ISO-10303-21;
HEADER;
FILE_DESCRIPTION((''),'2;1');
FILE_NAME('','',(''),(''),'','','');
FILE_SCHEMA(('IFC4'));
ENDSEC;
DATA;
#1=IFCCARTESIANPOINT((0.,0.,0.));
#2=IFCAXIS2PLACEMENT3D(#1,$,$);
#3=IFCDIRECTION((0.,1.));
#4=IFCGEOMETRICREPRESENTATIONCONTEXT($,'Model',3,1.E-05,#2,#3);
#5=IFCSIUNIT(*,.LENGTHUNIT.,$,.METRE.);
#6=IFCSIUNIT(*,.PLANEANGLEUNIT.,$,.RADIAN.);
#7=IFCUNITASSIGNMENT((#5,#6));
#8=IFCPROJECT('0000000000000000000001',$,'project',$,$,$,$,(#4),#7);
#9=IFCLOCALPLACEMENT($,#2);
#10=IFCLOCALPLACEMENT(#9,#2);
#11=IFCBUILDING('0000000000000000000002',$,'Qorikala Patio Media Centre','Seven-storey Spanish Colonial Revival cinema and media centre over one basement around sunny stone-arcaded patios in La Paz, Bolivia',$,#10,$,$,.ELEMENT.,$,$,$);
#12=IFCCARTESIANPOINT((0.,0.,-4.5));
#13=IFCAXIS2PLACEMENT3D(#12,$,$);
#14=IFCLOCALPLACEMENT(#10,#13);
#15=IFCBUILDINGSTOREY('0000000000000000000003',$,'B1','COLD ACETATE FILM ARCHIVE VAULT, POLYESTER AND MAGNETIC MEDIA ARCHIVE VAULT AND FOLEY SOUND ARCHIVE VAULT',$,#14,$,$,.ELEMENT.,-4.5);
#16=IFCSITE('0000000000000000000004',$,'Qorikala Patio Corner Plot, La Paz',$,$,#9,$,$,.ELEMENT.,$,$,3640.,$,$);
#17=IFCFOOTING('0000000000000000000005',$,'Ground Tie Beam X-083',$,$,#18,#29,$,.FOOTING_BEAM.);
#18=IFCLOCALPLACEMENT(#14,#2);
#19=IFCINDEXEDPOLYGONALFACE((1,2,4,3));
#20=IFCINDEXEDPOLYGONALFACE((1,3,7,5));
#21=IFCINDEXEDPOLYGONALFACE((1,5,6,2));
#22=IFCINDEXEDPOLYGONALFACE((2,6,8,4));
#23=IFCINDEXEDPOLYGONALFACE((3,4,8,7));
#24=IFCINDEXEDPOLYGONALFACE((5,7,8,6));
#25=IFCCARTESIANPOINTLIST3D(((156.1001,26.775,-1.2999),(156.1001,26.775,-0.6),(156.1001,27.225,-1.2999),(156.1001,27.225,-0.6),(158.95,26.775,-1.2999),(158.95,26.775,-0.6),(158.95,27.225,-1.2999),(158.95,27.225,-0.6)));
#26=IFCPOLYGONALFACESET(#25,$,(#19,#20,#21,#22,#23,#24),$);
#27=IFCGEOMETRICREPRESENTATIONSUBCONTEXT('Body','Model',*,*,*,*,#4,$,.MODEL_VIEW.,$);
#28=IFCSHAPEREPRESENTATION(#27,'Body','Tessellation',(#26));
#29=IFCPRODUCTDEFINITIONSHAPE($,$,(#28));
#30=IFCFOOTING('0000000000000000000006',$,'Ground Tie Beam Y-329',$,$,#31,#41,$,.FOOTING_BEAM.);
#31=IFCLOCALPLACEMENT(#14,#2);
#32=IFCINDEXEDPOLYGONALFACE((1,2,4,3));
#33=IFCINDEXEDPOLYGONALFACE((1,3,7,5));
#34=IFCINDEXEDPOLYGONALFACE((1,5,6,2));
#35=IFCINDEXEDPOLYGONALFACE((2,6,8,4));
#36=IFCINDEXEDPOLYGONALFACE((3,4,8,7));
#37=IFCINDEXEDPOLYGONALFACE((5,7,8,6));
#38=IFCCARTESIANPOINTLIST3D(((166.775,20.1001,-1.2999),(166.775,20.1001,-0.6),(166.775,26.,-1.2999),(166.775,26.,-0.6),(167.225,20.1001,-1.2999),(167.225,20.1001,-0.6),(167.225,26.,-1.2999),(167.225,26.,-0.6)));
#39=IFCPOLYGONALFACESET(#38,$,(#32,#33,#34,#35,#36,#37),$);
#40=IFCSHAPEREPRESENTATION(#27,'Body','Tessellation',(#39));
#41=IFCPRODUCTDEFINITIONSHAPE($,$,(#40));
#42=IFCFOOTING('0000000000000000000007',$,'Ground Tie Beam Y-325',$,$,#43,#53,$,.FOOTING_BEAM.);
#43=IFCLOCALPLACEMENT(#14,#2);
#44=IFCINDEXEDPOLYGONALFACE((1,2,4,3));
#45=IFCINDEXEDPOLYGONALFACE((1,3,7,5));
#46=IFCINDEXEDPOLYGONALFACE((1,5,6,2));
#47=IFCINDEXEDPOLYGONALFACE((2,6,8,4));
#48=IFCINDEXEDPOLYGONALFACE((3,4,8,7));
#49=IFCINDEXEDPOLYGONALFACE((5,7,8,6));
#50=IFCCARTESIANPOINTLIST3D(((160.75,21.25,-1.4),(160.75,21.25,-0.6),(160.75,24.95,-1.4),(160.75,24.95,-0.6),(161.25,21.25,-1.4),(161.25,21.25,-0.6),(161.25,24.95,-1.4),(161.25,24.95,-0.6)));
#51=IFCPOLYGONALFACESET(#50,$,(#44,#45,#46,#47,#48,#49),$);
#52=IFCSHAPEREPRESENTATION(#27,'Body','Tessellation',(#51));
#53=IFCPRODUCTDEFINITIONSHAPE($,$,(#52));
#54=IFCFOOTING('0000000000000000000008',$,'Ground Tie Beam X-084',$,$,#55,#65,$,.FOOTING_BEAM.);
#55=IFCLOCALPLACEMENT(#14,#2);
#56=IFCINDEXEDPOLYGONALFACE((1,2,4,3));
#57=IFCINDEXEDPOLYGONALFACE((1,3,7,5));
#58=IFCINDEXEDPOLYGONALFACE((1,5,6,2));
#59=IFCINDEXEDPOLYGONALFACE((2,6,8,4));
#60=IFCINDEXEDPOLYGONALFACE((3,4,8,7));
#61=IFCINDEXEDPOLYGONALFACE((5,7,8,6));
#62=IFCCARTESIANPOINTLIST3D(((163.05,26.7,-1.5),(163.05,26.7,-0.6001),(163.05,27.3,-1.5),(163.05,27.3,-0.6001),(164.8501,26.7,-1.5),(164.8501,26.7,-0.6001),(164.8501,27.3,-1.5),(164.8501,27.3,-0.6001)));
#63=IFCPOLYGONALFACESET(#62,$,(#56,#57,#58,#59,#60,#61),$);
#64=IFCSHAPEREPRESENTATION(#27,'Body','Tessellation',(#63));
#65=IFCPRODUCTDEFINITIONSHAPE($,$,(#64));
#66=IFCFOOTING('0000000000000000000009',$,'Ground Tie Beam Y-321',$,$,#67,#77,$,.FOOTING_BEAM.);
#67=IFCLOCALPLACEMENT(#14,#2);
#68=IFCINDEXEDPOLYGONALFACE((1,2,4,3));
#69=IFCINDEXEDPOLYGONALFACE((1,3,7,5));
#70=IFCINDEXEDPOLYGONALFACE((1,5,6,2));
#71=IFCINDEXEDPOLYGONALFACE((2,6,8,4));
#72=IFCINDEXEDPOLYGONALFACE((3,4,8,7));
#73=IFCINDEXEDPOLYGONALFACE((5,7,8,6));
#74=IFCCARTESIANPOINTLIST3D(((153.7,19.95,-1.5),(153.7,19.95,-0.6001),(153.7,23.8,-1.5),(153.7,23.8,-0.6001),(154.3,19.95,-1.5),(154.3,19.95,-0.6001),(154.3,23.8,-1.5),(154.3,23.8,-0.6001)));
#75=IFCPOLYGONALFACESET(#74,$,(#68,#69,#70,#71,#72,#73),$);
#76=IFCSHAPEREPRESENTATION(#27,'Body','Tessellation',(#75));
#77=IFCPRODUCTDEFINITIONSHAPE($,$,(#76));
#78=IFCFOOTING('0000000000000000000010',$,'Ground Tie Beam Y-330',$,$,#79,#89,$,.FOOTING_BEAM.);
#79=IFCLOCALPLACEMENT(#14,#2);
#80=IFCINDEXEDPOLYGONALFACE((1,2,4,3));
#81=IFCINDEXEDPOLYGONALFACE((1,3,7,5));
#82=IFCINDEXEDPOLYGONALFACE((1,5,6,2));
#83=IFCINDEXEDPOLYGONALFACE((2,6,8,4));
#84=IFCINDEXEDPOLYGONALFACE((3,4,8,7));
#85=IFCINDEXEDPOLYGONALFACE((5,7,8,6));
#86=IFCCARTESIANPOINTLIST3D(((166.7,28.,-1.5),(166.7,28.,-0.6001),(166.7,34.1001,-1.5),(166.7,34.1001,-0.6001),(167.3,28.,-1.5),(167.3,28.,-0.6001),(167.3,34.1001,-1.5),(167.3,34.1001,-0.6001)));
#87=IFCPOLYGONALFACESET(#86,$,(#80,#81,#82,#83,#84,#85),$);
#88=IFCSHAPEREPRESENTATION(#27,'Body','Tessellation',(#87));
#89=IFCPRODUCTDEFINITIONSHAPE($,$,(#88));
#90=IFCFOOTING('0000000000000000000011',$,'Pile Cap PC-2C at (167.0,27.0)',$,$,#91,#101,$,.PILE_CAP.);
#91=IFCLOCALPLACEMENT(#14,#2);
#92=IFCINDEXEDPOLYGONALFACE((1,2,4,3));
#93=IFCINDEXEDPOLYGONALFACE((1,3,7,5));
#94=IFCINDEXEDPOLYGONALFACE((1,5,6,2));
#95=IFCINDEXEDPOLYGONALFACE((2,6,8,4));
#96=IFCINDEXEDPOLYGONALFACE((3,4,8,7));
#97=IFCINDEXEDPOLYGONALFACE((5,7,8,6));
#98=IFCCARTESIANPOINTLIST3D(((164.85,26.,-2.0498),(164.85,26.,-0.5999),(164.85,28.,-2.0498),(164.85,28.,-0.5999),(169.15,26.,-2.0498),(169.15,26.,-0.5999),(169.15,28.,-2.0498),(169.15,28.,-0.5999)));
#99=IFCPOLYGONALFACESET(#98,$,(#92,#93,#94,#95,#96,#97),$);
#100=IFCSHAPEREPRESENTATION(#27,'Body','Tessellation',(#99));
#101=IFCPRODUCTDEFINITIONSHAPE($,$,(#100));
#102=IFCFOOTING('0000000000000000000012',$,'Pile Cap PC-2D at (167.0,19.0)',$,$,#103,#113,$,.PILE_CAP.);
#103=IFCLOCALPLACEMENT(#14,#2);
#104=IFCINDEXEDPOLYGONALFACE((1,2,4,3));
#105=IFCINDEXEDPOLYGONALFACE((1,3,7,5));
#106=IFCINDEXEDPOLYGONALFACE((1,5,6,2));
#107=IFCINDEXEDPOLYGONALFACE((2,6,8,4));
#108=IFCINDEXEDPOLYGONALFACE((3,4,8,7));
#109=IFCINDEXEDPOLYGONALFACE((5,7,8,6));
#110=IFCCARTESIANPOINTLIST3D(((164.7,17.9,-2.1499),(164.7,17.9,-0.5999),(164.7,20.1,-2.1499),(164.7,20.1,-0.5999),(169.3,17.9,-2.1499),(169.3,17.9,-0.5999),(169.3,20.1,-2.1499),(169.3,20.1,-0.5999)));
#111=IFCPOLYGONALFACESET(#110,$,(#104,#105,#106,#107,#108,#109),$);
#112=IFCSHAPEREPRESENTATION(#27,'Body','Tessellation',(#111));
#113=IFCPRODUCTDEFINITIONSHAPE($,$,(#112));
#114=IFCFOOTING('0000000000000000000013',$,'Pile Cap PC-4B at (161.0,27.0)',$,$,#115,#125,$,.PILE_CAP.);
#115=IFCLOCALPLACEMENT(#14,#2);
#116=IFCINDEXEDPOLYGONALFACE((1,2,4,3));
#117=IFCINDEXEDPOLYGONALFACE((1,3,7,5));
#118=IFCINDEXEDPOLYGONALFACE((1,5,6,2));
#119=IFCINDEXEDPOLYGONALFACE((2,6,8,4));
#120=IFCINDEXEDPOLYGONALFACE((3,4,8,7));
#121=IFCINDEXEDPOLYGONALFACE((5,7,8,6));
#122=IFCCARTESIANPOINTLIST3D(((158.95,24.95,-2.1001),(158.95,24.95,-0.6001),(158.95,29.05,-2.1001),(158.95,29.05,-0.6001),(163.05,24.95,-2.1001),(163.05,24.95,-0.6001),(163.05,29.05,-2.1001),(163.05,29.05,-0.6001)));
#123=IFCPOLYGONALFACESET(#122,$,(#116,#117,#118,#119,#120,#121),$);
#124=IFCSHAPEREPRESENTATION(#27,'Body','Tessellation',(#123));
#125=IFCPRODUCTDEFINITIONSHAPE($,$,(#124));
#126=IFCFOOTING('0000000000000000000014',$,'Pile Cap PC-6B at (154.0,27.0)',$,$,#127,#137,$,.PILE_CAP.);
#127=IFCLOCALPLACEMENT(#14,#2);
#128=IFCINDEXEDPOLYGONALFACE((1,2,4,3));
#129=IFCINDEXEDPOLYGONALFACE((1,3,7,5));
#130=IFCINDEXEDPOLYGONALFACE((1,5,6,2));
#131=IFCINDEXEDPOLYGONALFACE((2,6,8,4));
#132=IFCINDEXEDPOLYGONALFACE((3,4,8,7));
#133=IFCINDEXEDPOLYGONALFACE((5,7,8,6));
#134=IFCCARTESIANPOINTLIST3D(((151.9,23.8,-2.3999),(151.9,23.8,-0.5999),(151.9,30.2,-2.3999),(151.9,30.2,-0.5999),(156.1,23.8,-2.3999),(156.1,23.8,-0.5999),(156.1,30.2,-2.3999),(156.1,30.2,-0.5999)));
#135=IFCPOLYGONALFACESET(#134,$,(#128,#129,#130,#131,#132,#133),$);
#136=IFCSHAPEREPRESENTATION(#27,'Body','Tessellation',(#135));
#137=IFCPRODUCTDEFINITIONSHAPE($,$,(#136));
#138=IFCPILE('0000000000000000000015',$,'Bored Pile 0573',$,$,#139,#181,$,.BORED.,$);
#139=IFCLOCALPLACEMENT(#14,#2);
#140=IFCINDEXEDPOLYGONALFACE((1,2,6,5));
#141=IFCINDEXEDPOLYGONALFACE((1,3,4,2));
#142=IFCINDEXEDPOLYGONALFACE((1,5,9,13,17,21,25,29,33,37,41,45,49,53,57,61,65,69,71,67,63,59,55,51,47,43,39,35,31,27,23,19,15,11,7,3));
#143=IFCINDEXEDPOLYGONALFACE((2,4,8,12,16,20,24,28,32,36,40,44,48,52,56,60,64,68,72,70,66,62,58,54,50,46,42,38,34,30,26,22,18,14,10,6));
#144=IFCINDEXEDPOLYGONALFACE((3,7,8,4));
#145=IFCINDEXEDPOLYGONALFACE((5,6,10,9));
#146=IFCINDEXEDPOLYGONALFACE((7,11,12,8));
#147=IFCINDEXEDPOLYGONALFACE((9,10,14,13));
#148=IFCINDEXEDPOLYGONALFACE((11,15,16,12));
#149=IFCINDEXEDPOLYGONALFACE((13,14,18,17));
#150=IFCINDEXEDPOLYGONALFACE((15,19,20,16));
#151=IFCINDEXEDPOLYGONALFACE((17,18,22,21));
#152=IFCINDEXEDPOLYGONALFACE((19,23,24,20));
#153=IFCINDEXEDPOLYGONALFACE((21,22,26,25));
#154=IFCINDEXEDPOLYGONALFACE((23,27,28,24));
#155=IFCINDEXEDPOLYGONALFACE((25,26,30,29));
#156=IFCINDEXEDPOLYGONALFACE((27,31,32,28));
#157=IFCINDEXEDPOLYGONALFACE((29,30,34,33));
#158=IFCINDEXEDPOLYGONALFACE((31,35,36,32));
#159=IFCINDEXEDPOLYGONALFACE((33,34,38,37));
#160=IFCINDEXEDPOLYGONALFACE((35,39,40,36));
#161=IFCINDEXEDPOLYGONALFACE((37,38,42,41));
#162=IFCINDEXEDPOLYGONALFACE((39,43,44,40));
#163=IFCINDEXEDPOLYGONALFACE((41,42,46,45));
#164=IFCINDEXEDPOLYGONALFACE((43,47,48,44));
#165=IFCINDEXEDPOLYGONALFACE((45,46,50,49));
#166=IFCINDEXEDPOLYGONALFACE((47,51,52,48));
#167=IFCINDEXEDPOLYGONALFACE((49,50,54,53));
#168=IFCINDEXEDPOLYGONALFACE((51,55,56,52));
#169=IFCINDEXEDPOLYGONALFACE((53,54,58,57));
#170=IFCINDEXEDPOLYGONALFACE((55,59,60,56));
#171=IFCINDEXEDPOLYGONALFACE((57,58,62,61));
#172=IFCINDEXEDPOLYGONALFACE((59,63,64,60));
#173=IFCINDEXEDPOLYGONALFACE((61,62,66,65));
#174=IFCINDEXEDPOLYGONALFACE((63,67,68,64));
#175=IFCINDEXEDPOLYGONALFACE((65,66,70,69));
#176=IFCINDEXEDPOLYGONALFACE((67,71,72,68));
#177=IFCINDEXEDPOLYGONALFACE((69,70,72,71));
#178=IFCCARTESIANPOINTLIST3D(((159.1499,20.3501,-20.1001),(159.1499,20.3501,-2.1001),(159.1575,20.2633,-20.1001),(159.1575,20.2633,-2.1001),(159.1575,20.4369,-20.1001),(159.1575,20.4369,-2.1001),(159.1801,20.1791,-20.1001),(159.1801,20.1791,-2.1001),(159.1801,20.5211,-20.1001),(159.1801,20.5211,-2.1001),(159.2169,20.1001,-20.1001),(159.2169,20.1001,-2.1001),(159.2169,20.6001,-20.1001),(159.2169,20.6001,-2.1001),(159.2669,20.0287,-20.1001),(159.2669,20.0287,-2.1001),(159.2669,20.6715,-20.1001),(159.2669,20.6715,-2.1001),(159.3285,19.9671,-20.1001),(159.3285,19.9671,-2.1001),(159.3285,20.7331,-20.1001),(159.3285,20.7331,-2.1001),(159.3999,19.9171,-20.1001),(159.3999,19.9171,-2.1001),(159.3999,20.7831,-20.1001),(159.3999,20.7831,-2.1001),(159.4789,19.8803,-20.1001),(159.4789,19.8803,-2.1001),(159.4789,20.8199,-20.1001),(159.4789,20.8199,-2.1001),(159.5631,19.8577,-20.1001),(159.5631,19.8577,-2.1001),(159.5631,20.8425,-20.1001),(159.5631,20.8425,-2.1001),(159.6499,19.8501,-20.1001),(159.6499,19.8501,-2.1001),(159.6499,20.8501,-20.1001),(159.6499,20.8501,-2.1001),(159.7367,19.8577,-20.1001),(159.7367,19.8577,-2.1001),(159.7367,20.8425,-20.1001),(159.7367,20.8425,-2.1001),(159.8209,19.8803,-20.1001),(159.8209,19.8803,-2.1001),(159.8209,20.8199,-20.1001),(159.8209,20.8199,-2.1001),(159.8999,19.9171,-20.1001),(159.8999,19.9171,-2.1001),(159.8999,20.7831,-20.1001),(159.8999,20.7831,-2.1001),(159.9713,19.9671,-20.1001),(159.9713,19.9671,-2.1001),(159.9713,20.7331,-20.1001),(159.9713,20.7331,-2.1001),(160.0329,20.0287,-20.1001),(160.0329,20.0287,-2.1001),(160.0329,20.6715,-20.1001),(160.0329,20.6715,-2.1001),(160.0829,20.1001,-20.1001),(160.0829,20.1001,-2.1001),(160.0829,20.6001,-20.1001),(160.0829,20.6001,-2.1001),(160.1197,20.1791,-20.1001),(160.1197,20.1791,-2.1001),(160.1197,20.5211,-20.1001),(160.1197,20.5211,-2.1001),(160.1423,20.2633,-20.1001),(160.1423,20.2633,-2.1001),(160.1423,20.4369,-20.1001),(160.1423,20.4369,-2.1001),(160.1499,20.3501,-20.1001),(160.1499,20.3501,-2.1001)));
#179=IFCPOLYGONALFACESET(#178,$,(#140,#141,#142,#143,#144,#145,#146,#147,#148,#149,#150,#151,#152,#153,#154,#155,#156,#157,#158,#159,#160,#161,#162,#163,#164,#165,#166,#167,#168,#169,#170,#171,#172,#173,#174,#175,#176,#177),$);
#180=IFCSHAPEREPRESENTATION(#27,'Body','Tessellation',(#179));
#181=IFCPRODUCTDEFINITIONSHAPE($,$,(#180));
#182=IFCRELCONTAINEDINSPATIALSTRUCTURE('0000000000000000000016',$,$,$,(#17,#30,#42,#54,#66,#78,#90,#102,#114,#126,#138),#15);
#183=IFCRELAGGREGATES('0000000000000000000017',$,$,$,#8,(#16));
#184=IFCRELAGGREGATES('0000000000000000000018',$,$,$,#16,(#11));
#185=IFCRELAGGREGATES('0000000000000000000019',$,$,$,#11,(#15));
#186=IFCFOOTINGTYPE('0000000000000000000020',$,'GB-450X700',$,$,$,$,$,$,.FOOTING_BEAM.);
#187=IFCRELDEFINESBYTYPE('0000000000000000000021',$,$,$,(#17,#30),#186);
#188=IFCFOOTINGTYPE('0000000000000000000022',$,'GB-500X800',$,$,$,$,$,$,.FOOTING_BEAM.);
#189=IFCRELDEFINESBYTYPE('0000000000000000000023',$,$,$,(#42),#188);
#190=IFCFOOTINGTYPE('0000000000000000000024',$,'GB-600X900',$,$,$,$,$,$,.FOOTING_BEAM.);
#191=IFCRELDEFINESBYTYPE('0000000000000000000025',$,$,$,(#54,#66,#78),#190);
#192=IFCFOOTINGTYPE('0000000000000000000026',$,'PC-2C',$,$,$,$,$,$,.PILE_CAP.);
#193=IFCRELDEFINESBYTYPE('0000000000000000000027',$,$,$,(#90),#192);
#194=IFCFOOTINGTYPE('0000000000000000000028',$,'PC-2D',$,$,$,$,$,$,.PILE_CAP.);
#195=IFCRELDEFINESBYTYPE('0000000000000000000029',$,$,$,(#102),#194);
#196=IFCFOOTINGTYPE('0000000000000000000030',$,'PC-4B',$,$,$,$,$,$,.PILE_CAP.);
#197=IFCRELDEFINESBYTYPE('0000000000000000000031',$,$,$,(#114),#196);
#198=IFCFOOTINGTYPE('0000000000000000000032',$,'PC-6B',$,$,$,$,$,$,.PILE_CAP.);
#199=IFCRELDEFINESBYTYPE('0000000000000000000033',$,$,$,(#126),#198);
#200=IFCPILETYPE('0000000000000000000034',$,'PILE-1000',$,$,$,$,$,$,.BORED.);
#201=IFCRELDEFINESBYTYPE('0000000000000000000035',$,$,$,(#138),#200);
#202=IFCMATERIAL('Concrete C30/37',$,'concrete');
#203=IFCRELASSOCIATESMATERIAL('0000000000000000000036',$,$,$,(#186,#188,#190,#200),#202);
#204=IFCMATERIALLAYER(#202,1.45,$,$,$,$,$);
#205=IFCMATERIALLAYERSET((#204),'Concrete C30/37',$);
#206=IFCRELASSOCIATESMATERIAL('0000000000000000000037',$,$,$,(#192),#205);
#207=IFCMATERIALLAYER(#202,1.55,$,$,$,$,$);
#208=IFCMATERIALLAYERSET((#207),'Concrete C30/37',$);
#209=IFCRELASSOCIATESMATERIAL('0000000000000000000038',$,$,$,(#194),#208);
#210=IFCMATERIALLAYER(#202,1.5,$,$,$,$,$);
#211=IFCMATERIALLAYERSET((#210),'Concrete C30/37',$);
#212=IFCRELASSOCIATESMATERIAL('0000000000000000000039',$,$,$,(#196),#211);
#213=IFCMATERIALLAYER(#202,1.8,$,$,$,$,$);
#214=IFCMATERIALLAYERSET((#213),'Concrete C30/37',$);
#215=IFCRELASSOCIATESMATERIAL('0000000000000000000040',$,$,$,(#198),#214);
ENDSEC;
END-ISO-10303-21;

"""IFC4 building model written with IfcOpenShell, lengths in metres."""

from ifc_helpers import new_model, si_unit, direction, frame, origin, origin_2d, place, context, subcontext, project, spatial, rectangle, circle, extrude, material, layer, layer_set, material_profile, profile_set, type_object, element, save


model = new_model("IFC4")

# Units and contexts
model_context = context("Model", 3, precision=1e-05, world=origin(), true_north=direction((0.0, 1.0)))
body_context = subcontext(model_context, "Body", "Model", "MODEL_VIEW")
ifc_project = project(units=[si_unit("LENGTHUNIT", "METRE"), si_unit("PLANEANGLEUNIT", "RADIAN")], contexts=[model_context])

# Site, building, storey
site_placement = place(None, origin())
site = spatial("IfcSite", under=ifc_project, at=site_placement, Name="Qorikala Patio Corner Plot, La Paz", CompositionType="ELEMENT", RefElevation=3640.0)
building_placement = place(site_placement, origin())
building = spatial("IfcBuilding", under=site, at=building_placement, Name="Qorikala Patio Media Centre", Description="Seven-storey Spanish Colonial Revival cinema and media centre over one basement around sunny stone-arcaded patios in La Paz, Bolivia", CompositionType="ELEMENT")
storey_placement = place(building_placement, frame((0.0, 0.0, -4.5)))
storey = spatial("IfcBuildingStorey", under=building, at=storey_placement, Name="B1", Description="COLD ACETATE FILM ARCHIVE VAULT, POLYESTER AND MAGNETIC MEDIA ARCHIVE VAULT AND FOLEY SOUND ARCHIVE VAULT", CompositionType="ELEMENT", Elevation=-4.5)

# Footings
ifc_material_1 = material(Name="Concrete C30/37", Category="concrete")
ifc_material_profile_1 = material_profile(ifc_material_1, rectangle(XDim=0.45, YDim=0.7, at=origin_2d()), Name="RC 450x700")
ifc_profile_set_1 = profile_set([ifc_material_profile_1], Name="Concrete C30/37")
footing_type_1 = type_object("IfcFootingType", Name="GB-450X700", PredefinedType="FOOTING_BEAM", material=ifc_profile_set_1)
footing_1_placement = place(storey_placement, frame((156.1001, 27.0, -0.95), z_axis=(1.0, 0.0, 0.0), x_axis=(0.0, 1.0, 0.0)))
element("IfcFooting", 1, at=footing_1_placement, inside=storey, type_object=footing_type_1, Name="Ground Tie Beam X-083", PredefinedType="FOOTING_BEAM", context=body_context, shape_type="SweptSolid", body=[
    extrude(rectangle(XDim=0.45, YDim=0.7, at=origin_2d()), origin(), (0.0, 0.0, 1.0), 2.8499),
])
footing_2_placement = place(storey_placement, frame((167.0, 20.1001, -0.95), z_axis=(0.0, 1.0, 0.0), x_axis=(-1.0, 0.0, 0.0)))
element("IfcFooting", 2, at=footing_2_placement, inside=storey, type_object=footing_type_1, Name="Ground Tie Beam Y-329", PredefinedType="FOOTING_BEAM", context=body_context, shape_type="SweptSolid", body=[
    extrude(rectangle(XDim=0.45, YDim=0.7, at=origin_2d()), origin(), (0.0, 0.0, 1.0), 5.8999),
])
ifc_material_profile_2 = material_profile(ifc_material_1, rectangle(XDim=0.5, YDim=0.8, at=origin_2d()), Name="RC 500x800")
ifc_profile_set_2 = profile_set([ifc_material_profile_2], Name="Concrete C30/37")
footing_type_2 = type_object("IfcFootingType", Name="GB-500X800", PredefinedType="FOOTING_BEAM", material=ifc_profile_set_2)
footing_3_placement = place(storey_placement, frame((161.0, 21.25, -1.0), z_axis=(0.0, 1.0, 0.0), x_axis=(-1.0, 0.0, 0.0)))
element("IfcFooting", 3, at=footing_3_placement, inside=storey, type_object=footing_type_2, Name="Ground Tie Beam Y-325", PredefinedType="FOOTING_BEAM", context=body_context, shape_type="SweptSolid", body=[
    extrude(rectangle(XDim=0.5, YDim=0.8, at=origin_2d()), origin(), (0.0, 0.0, 1.0), 3.7),
])
ifc_material_profile_3 = material_profile(ifc_material_1, rectangle(XDim=0.6001, YDim=0.8999, at=origin_2d()), Name="RC 600x900")
ifc_profile_set_3 = profile_set([ifc_material_profile_3], Name="Concrete C30/37")
footing_type_3 = type_object("IfcFootingType", Name="GB-600X900", PredefinedType="FOOTING_BEAM", material=ifc_profile_set_3)
footing_4_placement = place(storey_placement, frame((163.05, 27.0, -1.05), z_axis=(1.0, 0.0, 0.0), x_axis=(0.0, 1.0, 0.0)))
element("IfcFooting", 4, at=footing_4_placement, inside=storey, type_object=footing_type_3, Name="Ground Tie Beam X-084", PredefinedType="FOOTING_BEAM", context=body_context, shape_type="SweptSolid", body=[
    extrude(rectangle(XDim=0.6001, YDim=0.8999, at=origin_2d()), origin(), (0.0, 0.0, 1.0), 1.8),
])
footing_5_placement = place(storey_placement, frame((154.0, 19.95, -1.05), z_axis=(0.0, 1.0, 0.0), x_axis=(-1.0, 0.0, 0.0)))
element("IfcFooting", 5, at=footing_5_placement, inside=storey, type_object=footing_type_3, Name="Ground Tie Beam Y-321", PredefinedType="FOOTING_BEAM", context=body_context, shape_type="SweptSolid", body=[
    extrude(rectangle(XDim=0.6001, YDim=0.8999, at=origin_2d()), origin(), (0.0, 0.0, 1.0), 3.8501),
])
footing_6_placement = place(storey_placement, frame((167.0, 28.0, -1.05), z_axis=(0.0, 1.0, 0.0), x_axis=(-1.0, 0.0, 0.0)))
element("IfcFooting", 6, at=footing_6_placement, inside=storey, type_object=footing_type_3, Name="Ground Tie Beam Y-330", PredefinedType="FOOTING_BEAM", context=body_context, shape_type="SweptSolid", body=[
    extrude(rectangle(XDim=0.6001, YDim=0.8999, at=origin_2d()), origin(), (0.0, 0.0, 1.0), 6.1001),
])
ifc_layer_1 = layer(ifc_material_1, 1.45)
ifc_layer_set_1 = layer_set([ifc_layer_1], Name="Concrete C30/37")
footing_type_4 = type_object("IfcFootingType", Name="PC-2C", PredefinedType="PILE_CAP", material=ifc_layer_set_1)
footing_7_placement = place(storey_placement, frame((167.0, 27.0, -2.0498), z_axis=(0.0, 0.0, 1.0), x_axis=(1.0, 0.0, 0.0)))
element("IfcFooting", 7, at=footing_7_placement, inside=storey, type_object=footing_type_4, Name="Pile Cap PC-2C at (167.0,27.0)", PredefinedType="PILE_CAP", context=body_context, shape_type="SweptSolid", body=[
    extrude(rectangle(XDim=4.3, YDim=2.0, at=origin_2d()), origin(), (0.0, 0.0, 1.0), 1.45),
])
ifc_layer_2 = layer(ifc_material_1, 1.55)
ifc_layer_set_2 = layer_set([ifc_layer_2], Name="Concrete C30/37")
footing_type_5 = type_object("IfcFootingType", Name="PC-2D", PredefinedType="PILE_CAP", material=ifc_layer_set_2)
footing_8_placement = place(storey_placement, frame((167.0, 19.0, -2.1499), z_axis=(0.0, 0.0, 1.0), x_axis=(1.0, 0.0, 0.0)))
element("IfcFooting", 8, at=footing_8_placement, inside=storey, type_object=footing_type_5, Name="Pile Cap PC-2D at (167.0,19.0)", PredefinedType="PILE_CAP", context=body_context, shape_type="SweptSolid", body=[
    extrude(rectangle(XDim=4.6001, YDim=2.2, at=origin_2d()), origin(), (0.0, 0.0, 1.0), 1.55),
])
ifc_layer_3 = layer(ifc_material_1, 1.5)
ifc_layer_set_3 = layer_set([ifc_layer_3], Name="Concrete C30/37")
footing_type_6 = type_object("IfcFootingType", Name="PC-4B", PredefinedType="PILE_CAP", material=ifc_layer_set_3)
footing_9_placement = place(storey_placement, frame((161.0, 27.0, -2.1001), z_axis=(0.0, 0.0, 1.0), x_axis=(1.0, 0.0, 0.0)))
element("IfcFooting", 9, at=footing_9_placement, inside=storey, type_object=footing_type_6, Name="Pile Cap PC-4B at (161.0,27.0)", PredefinedType="PILE_CAP", context=body_context, shape_type="SweptSolid", body=[
    extrude(rectangle(XDim=4.1001, YDim=4.1001, at=origin_2d()), origin(), (0.0, 0.0, 1.0), 1.5),
])
ifc_layer_4 = layer(ifc_material_1, 1.8)
ifc_layer_set_4 = layer_set([ifc_layer_4], Name="Concrete C30/37")
footing_type_7 = type_object("IfcFootingType", Name="PC-6B", PredefinedType="PILE_CAP", material=ifc_layer_set_4)
footing_10_placement = place(storey_placement, frame((154.0, 27.0, -2.3999), z_axis=(0.0, 0.0, 1.0), x_axis=(0.0, 1.0, 0.0)))
element("IfcFooting", 10, at=footing_10_placement, inside=storey, type_object=footing_type_7, Name="Pile Cap PC-6B at (154.0,27.0)", PredefinedType="PILE_CAP", context=body_context, shape_type="SweptSolid", body=[
    extrude(rectangle(XDim=6.3999, YDim=4.2, at=origin_2d()), origin(), (0.0, 0.0, 1.0), 1.8),
])

# Pile
ifc_material_profile_4 = material_profile(ifc_material_1, circle(Radius=0.5, at=origin_2d()), Name="BORED PILE 1000")
ifc_profile_set_4 = profile_set([ifc_material_profile_4], Name="Concrete C30/37")
pile_type_1 = type_object("IfcPileType", Name="PILE-1000", PredefinedType="BORED", material=ifc_profile_set_4)
for number, where, z_axis, x_axis, name in (
    (11, (159.6499, 20.3501, -2.1001), (0.0, 0.0, -1.0), (1.0, 0.0, 0.0), "Bored Pile 0573"),
):
    element("IfcPile", number, at=place(storey_placement, frame(where, z_axis=z_axis, x_axis=x_axis)), inside=storey, type_object=pile_type_1, Name=name, PredefinedType="BORED", context=body_context, shape_type="SweptSolid", body=[
        extrude(circle(Radius=0.5, at=origin_2d()), origin(), (0.0, 0.0, 1.0), 18.0),
    ])

save(model, "model.ifc")
